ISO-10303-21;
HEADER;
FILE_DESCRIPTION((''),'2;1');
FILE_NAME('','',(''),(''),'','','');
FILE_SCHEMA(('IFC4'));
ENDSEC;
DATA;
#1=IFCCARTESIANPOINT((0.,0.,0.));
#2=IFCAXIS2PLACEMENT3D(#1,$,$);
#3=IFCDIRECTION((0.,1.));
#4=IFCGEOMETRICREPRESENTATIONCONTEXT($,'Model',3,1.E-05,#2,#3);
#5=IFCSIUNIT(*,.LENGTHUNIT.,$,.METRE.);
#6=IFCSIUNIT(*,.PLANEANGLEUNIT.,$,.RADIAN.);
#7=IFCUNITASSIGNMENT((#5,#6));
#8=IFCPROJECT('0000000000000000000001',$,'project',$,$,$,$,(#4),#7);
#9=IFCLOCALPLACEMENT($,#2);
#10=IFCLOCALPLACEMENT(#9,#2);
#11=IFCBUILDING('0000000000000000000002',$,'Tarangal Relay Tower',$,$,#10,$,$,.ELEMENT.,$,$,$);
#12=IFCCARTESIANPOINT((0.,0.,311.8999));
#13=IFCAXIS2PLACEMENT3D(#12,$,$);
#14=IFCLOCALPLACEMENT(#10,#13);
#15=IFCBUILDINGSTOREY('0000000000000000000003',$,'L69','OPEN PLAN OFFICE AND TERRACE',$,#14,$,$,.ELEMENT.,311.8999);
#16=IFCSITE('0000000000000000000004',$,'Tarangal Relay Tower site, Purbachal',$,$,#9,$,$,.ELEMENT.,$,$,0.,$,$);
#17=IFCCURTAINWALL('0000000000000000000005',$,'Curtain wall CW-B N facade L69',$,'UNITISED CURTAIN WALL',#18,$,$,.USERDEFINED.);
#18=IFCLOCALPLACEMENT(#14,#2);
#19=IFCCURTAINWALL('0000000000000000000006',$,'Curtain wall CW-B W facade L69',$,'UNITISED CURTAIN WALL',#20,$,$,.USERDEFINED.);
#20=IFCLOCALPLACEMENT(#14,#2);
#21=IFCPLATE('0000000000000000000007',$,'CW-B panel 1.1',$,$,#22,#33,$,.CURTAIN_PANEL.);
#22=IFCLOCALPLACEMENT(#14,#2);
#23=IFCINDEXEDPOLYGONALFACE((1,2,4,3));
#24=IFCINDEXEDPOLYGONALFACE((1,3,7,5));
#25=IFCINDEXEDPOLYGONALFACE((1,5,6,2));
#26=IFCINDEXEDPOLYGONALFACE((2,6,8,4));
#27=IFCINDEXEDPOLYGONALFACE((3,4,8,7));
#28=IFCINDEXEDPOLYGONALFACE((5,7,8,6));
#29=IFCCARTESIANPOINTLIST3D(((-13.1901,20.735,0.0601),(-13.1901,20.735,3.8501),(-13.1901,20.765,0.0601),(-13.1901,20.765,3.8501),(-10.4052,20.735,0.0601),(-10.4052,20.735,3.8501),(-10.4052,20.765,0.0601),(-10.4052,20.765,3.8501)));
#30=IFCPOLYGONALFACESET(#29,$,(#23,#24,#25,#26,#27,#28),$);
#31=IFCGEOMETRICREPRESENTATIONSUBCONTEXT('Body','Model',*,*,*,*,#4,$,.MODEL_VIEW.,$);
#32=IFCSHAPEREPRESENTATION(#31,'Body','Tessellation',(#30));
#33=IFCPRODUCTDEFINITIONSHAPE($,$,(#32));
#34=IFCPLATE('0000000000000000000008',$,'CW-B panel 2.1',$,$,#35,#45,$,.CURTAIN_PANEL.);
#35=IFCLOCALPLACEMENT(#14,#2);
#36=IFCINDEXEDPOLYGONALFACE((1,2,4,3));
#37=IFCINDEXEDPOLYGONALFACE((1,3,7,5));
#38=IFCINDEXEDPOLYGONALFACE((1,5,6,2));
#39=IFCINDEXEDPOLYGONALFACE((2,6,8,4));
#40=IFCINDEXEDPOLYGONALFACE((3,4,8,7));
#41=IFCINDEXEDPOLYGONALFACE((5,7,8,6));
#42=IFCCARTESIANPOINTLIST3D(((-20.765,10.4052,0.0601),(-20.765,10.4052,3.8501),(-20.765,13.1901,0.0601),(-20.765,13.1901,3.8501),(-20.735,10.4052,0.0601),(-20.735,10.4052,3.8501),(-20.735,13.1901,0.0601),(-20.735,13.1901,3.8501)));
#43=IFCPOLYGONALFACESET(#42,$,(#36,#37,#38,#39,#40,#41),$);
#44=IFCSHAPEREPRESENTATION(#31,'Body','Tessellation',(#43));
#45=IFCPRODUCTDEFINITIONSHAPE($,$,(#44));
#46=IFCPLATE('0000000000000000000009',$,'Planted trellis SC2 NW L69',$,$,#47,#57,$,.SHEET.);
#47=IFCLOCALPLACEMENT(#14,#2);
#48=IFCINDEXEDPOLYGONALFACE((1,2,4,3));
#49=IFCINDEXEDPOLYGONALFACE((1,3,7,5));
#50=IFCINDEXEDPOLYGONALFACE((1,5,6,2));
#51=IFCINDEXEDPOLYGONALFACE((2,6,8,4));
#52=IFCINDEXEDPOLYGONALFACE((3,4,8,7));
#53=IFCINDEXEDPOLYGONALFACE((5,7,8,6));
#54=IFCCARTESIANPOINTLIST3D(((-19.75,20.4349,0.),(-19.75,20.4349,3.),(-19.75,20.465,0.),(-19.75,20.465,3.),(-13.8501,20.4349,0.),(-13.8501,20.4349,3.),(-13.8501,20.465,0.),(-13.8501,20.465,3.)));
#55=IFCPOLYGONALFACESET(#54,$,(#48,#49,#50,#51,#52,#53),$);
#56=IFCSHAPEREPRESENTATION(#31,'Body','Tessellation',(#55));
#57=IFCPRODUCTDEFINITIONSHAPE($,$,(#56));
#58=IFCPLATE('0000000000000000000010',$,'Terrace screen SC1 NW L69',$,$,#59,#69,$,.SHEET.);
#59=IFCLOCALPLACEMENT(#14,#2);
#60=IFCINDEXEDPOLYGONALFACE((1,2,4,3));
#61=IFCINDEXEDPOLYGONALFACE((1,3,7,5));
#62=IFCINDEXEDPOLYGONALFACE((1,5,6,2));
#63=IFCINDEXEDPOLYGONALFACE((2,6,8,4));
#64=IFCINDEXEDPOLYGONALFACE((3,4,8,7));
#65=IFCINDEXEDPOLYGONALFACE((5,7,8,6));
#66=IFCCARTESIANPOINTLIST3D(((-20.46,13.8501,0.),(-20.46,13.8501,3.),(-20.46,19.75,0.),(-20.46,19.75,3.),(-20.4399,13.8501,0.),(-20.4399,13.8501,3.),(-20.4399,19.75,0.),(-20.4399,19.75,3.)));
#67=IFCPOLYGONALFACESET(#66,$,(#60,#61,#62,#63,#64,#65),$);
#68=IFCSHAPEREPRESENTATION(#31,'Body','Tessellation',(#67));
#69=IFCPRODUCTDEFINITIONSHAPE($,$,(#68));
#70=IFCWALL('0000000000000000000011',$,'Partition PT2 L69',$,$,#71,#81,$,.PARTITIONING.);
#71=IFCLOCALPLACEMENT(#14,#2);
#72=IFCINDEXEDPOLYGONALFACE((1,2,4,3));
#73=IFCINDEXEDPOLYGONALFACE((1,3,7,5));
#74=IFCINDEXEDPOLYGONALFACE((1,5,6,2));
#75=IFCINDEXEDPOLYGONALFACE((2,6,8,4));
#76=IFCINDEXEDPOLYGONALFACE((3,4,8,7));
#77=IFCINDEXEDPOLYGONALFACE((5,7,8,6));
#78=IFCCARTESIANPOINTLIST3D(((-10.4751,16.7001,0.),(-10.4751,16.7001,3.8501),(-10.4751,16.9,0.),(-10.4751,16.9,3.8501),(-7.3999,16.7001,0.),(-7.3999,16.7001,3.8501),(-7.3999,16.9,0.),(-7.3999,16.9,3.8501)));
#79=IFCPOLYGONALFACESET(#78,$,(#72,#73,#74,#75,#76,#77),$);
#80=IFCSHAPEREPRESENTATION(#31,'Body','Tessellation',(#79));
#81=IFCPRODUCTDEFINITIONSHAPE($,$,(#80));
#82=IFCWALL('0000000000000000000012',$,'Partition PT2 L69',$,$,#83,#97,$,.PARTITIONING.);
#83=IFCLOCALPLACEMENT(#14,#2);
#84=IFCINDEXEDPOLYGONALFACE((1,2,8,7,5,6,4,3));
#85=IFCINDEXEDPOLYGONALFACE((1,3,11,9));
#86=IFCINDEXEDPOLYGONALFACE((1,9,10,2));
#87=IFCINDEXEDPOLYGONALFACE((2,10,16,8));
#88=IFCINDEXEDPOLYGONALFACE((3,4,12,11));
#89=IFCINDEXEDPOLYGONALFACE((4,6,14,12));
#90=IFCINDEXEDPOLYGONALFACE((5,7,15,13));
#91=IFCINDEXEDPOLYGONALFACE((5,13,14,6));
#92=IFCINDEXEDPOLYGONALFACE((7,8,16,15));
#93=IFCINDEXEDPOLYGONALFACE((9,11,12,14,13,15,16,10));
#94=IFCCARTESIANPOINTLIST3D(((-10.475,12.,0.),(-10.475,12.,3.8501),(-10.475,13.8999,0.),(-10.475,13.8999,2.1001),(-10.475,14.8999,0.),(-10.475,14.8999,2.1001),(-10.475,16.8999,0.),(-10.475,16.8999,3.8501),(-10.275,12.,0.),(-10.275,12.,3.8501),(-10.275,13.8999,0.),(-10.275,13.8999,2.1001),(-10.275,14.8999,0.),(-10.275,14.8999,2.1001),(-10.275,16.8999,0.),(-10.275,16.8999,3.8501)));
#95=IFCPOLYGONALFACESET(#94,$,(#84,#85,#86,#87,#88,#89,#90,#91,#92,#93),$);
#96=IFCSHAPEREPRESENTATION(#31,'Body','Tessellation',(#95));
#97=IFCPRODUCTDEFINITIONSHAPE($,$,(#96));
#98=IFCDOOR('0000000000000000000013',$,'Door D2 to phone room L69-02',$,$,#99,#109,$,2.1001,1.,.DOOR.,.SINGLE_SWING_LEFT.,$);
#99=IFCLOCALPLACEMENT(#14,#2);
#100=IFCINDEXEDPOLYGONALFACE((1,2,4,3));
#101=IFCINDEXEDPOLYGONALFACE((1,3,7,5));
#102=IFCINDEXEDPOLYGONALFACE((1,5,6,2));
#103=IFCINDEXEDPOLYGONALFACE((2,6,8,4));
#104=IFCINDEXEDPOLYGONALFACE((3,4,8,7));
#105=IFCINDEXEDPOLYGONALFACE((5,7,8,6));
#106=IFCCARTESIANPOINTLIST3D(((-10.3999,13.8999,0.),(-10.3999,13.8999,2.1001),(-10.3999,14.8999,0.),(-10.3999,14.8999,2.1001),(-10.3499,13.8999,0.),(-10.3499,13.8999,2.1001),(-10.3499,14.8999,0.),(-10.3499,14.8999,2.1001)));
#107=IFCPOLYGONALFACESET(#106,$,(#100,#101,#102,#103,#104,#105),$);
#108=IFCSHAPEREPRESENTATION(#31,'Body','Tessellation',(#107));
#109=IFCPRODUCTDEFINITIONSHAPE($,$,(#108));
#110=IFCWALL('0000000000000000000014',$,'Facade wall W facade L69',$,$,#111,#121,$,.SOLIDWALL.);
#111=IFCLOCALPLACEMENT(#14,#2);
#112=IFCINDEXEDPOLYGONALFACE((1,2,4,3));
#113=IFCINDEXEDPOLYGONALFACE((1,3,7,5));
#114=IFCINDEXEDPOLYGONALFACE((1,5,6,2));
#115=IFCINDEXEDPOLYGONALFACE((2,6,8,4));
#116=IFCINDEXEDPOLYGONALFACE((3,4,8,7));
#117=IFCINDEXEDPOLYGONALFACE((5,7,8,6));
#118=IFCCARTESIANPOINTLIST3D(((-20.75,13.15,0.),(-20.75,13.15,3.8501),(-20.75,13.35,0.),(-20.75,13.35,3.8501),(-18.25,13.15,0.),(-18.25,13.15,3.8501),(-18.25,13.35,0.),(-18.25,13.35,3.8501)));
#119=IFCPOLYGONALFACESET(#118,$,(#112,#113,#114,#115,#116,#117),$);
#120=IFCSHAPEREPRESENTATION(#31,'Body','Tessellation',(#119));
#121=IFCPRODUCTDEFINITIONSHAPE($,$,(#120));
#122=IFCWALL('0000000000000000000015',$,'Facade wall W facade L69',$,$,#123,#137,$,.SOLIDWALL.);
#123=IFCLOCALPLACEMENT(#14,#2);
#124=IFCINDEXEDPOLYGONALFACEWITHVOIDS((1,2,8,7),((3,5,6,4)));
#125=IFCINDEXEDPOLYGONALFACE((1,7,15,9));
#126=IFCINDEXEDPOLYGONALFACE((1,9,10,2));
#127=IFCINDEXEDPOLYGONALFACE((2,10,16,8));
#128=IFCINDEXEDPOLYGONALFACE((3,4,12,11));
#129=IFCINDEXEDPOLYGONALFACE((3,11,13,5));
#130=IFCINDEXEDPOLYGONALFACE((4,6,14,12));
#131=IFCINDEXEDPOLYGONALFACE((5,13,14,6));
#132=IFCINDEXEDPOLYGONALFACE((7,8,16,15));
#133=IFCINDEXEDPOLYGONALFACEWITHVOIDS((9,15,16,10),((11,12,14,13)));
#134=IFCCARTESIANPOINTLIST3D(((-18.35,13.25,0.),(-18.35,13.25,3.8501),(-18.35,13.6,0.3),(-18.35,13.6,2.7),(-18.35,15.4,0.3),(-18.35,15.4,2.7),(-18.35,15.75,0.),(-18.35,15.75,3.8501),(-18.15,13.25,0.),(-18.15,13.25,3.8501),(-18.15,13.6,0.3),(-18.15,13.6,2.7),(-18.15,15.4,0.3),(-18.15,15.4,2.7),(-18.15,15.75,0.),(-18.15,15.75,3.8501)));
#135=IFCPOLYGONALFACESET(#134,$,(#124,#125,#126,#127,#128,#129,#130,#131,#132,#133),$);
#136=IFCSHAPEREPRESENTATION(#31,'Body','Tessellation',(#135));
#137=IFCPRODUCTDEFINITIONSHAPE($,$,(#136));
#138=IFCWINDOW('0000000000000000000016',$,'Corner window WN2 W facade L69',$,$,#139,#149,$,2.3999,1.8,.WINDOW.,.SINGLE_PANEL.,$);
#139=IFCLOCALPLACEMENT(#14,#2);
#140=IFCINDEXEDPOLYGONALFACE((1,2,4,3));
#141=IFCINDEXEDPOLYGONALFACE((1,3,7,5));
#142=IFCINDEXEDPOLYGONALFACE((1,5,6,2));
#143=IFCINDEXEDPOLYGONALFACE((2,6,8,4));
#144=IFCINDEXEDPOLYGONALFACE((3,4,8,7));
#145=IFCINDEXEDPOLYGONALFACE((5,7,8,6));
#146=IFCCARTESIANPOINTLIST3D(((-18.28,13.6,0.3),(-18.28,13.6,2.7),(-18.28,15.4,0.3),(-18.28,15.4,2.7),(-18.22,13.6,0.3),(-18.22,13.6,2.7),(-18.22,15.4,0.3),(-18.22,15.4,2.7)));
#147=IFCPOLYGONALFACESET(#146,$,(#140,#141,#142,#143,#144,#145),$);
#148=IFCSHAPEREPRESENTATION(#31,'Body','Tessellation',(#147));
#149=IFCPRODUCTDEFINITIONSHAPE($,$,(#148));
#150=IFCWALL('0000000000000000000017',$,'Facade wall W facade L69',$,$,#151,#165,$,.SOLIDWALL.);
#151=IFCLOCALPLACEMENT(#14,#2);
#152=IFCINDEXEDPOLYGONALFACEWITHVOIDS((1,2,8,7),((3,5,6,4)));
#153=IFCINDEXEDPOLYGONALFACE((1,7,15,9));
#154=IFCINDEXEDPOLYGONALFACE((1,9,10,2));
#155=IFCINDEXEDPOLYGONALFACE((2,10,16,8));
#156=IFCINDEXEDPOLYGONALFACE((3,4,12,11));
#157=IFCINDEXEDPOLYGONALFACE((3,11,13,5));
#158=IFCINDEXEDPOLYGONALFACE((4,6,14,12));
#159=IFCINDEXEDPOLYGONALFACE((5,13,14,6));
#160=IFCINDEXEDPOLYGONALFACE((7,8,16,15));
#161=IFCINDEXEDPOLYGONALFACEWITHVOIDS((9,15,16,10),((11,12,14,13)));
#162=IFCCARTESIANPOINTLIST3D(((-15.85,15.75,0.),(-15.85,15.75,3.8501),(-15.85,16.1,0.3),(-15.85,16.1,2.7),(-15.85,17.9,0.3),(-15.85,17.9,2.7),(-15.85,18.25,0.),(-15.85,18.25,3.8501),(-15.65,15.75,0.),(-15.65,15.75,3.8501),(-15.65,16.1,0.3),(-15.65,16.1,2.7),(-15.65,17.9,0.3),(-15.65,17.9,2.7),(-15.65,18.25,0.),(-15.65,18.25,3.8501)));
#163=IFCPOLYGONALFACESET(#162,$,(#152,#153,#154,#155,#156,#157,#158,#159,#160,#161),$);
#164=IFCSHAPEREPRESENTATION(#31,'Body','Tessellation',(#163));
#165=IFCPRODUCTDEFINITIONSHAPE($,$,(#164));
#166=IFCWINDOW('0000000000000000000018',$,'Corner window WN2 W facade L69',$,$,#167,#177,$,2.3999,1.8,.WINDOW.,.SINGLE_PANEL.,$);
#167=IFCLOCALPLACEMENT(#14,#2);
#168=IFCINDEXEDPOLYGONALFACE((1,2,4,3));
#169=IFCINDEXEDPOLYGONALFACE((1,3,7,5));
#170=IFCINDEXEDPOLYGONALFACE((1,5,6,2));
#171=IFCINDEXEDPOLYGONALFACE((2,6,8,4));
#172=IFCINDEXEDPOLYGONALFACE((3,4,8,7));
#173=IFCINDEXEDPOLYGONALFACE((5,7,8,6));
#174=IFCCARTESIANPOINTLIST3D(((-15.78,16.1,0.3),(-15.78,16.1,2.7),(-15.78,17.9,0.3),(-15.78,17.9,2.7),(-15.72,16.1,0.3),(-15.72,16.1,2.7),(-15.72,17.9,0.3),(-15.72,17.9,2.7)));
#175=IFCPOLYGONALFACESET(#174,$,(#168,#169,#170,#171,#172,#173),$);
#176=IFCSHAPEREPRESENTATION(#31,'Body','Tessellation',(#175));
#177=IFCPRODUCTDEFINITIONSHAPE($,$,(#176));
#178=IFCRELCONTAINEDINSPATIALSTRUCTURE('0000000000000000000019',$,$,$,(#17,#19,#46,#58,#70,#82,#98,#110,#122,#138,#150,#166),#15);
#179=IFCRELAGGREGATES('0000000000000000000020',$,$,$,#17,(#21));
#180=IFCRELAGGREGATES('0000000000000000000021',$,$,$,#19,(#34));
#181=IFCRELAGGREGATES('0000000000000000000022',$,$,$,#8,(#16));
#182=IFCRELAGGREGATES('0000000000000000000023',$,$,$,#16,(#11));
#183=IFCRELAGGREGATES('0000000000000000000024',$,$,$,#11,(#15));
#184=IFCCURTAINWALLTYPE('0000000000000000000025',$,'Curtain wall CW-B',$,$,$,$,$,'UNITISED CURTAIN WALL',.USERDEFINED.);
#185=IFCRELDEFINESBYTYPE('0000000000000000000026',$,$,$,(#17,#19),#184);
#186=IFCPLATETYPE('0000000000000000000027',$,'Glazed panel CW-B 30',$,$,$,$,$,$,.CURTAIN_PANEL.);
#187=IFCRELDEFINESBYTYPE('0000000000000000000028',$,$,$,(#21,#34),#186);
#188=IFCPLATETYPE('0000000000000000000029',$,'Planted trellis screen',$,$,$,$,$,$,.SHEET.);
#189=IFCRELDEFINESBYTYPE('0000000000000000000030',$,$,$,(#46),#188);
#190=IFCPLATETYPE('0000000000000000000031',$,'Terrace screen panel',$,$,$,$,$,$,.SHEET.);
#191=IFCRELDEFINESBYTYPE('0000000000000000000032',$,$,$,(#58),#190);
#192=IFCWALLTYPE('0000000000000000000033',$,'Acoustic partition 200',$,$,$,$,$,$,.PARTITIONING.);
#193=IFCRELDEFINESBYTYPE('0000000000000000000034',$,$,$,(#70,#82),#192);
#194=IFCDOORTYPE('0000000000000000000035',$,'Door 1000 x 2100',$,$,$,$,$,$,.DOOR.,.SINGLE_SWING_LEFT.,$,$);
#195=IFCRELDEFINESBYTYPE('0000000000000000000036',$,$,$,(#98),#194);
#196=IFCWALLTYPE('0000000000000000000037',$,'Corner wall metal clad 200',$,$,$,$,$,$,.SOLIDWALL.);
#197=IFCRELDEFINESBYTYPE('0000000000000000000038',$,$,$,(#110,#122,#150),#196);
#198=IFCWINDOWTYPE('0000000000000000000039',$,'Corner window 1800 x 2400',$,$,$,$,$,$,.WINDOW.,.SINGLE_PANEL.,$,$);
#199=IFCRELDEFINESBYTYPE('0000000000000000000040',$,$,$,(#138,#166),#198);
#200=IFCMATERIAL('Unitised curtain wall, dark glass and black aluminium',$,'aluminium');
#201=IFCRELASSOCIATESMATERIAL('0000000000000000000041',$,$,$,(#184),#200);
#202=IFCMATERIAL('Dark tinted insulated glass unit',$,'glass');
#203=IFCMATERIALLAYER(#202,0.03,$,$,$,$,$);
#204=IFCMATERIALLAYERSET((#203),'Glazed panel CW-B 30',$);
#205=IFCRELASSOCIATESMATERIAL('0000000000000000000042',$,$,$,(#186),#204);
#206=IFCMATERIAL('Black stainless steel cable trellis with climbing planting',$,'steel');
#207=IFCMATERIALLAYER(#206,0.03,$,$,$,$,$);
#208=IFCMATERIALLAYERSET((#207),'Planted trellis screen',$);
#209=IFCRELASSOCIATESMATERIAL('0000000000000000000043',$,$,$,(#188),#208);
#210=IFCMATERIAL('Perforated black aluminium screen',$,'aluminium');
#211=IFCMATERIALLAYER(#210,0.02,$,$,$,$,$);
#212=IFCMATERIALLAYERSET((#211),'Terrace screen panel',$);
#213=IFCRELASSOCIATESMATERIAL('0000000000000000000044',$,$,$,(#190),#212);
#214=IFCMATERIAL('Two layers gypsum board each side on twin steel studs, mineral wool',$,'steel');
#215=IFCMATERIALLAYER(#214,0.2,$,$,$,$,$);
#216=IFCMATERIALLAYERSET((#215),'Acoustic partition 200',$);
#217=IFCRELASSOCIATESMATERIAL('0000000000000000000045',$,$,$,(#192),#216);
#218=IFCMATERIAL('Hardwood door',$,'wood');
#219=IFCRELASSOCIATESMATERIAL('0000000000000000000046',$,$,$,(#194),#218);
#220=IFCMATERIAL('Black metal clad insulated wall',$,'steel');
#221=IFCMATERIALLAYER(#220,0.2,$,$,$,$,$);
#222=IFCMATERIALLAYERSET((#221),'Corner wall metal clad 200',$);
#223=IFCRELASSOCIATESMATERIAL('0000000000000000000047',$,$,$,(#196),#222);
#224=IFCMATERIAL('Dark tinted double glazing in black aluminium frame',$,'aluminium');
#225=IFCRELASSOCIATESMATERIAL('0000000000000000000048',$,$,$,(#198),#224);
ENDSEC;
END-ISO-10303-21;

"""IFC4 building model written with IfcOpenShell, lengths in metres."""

from ifc_helpers import new_model, si_unit, direction, frame, frame_2d, origin, origin_2d, place, context, subcontext, project, spatial, rectangle, extrude, material, layer, layer_set, type_object, element, fill, aggregate, save


model = new_model("IFC4")

# Units and contexts
model_context = context("Model", 3, precision=1e-05, world=origin(), true_north=direction((0.0, 1.0)))
body_context = subcontext(model_context, "Body", "Model", "MODEL_VIEW")
ifc_project = project(units=[si_unit("LENGTHUNIT", "METRE"), si_unit("PLANEANGLEUNIT", "RADIAN")], contexts=[model_context])

# Site, building, storey
site_placement = place(None, origin())
site = spatial("IfcSite", under=ifc_project, at=site_placement, Name="Tarangal Relay Tower site, Purbachal", CompositionType="ELEMENT", RefElevation=0.0)
building_placement = place(site_placement, origin())
building = spatial("IfcBuilding", under=site, at=building_placement, Name="Tarangal Relay Tower", CompositionType="ELEMENT")
storey_placement = place(building_placement, frame((0.0, 0.0, 311.8999)))
storey = spatial("IfcBuildingStorey", under=building, at=storey_placement, Name="L69", Description="OPEN PLAN OFFICE AND TERRACE", CompositionType="ELEMENT", Elevation=311.8999)

# Curtain walls
ifc_material_1 = material(Name="Unitised curtain wall, dark glass and black aluminium", Category="aluminium")
curtain_wall_type = type_object("IfcCurtainWallType", Name="Curtain wall CW-B", ElementType="UNITISED CURTAIN WALL", PredefinedType="USERDEFINED", material=ifc_material_1)
curtain_wall_1_placement = place(storey_placement, origin())
curtain_wall_1 = element("IfcCurtainWall", 1, at=curtain_wall_1_placement, inside=storey, type_object=curtain_wall_type, Name="Curtain wall CW-B N facade L69", ObjectType="UNITISED CURTAIN WALL", PredefinedType="USERDEFINED")
curtain_wall_2_placement = place(storey_placement, origin())
curtain_wall_2 = element("IfcCurtainWall", 2, at=curtain_wall_2_placement, inside=storey, type_object=curtain_wall_type, Name="Curtain wall CW-B W facade L69", ObjectType="UNITISED CURTAIN WALL", PredefinedType="USERDEFINED")

# Plates
ifc_material_2 = material(Name="Dark tinted insulated glass unit", Category="glass")
ifc_layer_1 = layer(ifc_material_2, 0.03)
ifc_layer_set_1 = layer_set([ifc_layer_1], Name="Glazed panel CW-B 30")
plate_type_1 = type_object("IfcPlateType", Name="Glazed panel CW-B 30", PredefinedType="CURTAIN_PANEL", material=ifc_layer_set_1)
plate_1_placement = place(storey_placement, frame((-11.7976, 20.75, 0.0601), z_axis=(0.0, 0.0, 1.0), x_axis=(1.0, 0.0, 0.0)))
plate_1 = element("IfcPlate", 3, at=plate_1_placement, type_object=plate_type_1, Name="CW-B panel 1.1", PredefinedType="CURTAIN_PANEL", context=body_context, shape_type="SweptSolid", body=[
    extrude(rectangle(XDim=2.7849, YDim=0.03, at=origin_2d()), origin(), (0.0, 0.0, 1.0), 3.79),
])
aggregate(curtain_wall_1, [plate_1])
plate_2_placement = place(storey_placement, frame((-20.75, 11.7976, 0.0601), z_axis=(0.0, 0.0, 1.0), x_axis=(0.0, 1.0, 0.0)))
plate_2 = element("IfcPlate", 4, at=plate_2_placement, type_object=plate_type_1, Name="CW-B panel 2.1", PredefinedType="CURTAIN_PANEL", context=body_context, shape_type="SweptSolid", body=[
    extrude(rectangle(XDim=2.7849, YDim=0.03, at=origin_2d()), origin(), (0.0, 0.0, 1.0), 3.79),
])
aggregate(curtain_wall_2, [plate_2])

# Plates
ifc_material_3 = material(Name="Black stainless steel cable trellis with climbing planting", Category="steel")
ifc_layer_2 = layer(ifc_material_3, 0.03)
ifc_layer_set_2 = layer_set([ifc_layer_2], Name="Planted trellis screen")
plate_type_2 = type_object("IfcPlateType", Name="Planted trellis screen", PredefinedType="SHEET", material=ifc_layer_set_2)
plate_3_placement = place(storey_placement, frame((-16.8, 20.45, 0.0), z_axis=(0.0, 0.0, 1.0), x_axis=(1.0, 0.0, 0.0)))
element("IfcPlate", 5, at=plate_3_placement, inside=storey, type_object=plate_type_2, Name="Planted trellis SC2 NW L69", PredefinedType="SHEET", context=body_context, shape_type="SweptSolid", body=[
    extrude(rectangle(XDim=5.8999, YDim=0.03, at=origin_2d()), origin(), (0.0, 0.0, 1.0), 3.0),
])
ifc_material_4 = material(Name="Perforated black aluminium screen", Category="aluminium")
ifc_layer_3 = layer(ifc_material_4, 0.02)
ifc_layer_set_3 = layer_set([ifc_layer_3], Name="Terrace screen panel")
plate_type_3 = type_object("IfcPlateType", Name="Terrace screen panel", PredefinedType="SHEET", material=ifc_layer_set_3)
plate_4_placement = place(storey_placement, frame((-20.45, 16.8, 0.0), z_axis=(0.0, 0.0, 1.0), x_axis=(0.0, 1.0, 0.0)))
element("IfcPlate", 6, at=plate_4_placement, inside=storey, type_object=plate_type_3, Name="Terrace screen SC1 NW L69", PredefinedType="SHEET", context=body_context, shape_type="SweptSolid", body=[
    extrude(rectangle(XDim=5.8999, YDim=0.02, at=origin_2d()), origin(), (0.0, 0.0, 1.0), 3.0),
])

# Wall
ifc_material_5 = material(Name="Two layers gypsum board each side on twin steel studs, mineral wool", Category="steel")
ifc_layer_4 = layer(ifc_material_5, 0.2)
ifc_layer_set_4 = layer_set([ifc_layer_4], Name="Acoustic partition 200")
wall_type_1 = type_object("IfcWallType", Name="Acoustic partition 200", PredefinedType="PARTITIONING", material=ifc_layer_set_4)
wall_1_placement = place(storey_placement, frame((-10.4751, 16.8, 0.0), z_axis=(0.0, 0.0, 1.0), x_axis=(1.0, 0.0, 0.0)))
element("IfcWall", 7, at=wall_1_placement, inside=storey, type_object=wall_type_1, Name="Partition PT2 L69", PredefinedType="PARTITIONING", context=body_context, shape_type="SweptSolid", body=[
    extrude(rectangle(XDim=3.0752, YDim=0.2, at=frame_2d((1.5376, 0.0))), origin(), (0.0, 0.0, 1.0), 3.8501),
])

# Wall, opening, door
wall_2_placement = place(storey_placement, frame((-10.375, 12.0, 0.0), z_axis=(0.0, 0.0, 1.0), x_axis=(0.0, 1.0, 0.0)))
wall_2 = element("IfcWall", 8, at=wall_2_placement, inside=storey, type_object=wall_type_1, Name="Partition PT2 L69", PredefinedType="PARTITIONING", context=body_context, shape_type="SweptSolid", body=[
    extrude(rectangle(XDim=4.8999, YDim=0.2, at=frame_2d((2.45, 0.0))), origin(), (0.0, 0.0, 1.0), 3.8501),
])
opening_1_placement = place(wall_2_placement, frame((1.8999, 0.0, 0.0)))
opening_1 = element("IfcOpeningElement", 9, at=opening_1_placement, cuts=wall_2, PredefinedType="OPENING", context=body_context, shape_type="SweptSolid", body=[
    extrude(rectangle(XDim=1.0, YDim=2.1001, at=frame_2d((0.5, 1.05))), frame((0.0, 0.1099, 0.0), z_axis=(0.0, -1.0, 0.0), x_axis=(1.0, 0.0, 0.0)), (0.0, 0.0, 1.0), 0.22),
])
ifc_material_6 = material(Name="Hardwood door", Category="wood")
door_type_1 = type_object("IfcDoorType", Name="Door 1000 x 2100", OperationType="SINGLE_SWING_LEFT", PredefinedType="DOOR", material=ifc_material_6)
door_1_placement = place(opening_1_placement, origin())
door_1 = element("IfcDoor", 10, at=door_1_placement, inside=storey, type_object=door_type_1, Name="Door D2 to phone room L69-02", OperationType="SINGLE_SWING_LEFT", OverallHeight=2.1001, OverallWidth=1.0, PredefinedType="DOOR", context=body_context, shape_type="SweptSolid", body=[
    extrude(rectangle(XDim=1.0, YDim=2.1001, at=frame_2d((0.5, 1.05))), frame((0.0, 0.0249, 0.0), z_axis=(0.0, -1.0, 0.0), x_axis=(1.0, 0.0, 0.0)), (0.0, 0.0, 1.0), 0.05),
])
fill(opening_1, door_1)

# Wall
ifc_material_7 = material(Name="Black metal clad insulated wall", Category="steel")
ifc_layer_5 = layer(ifc_material_7, 0.2)
ifc_layer_set_5 = layer_set([ifc_layer_5], Name="Corner wall metal clad 200")
wall_type_2 = type_object("IfcWallType", Name="Corner wall metal clad 200", PredefinedType="SOLIDWALL", material=ifc_layer_set_5)
wall_3_placement = place(storey_placement, frame((-20.75, 13.25, 0.0), z_axis=(0.0, 0.0, 1.0), x_axis=(1.0, 0.0, 0.0)))
element("IfcWall", 11, at=wall_3_placement, inside=storey, type_object=wall_type_2, Name="Facade wall W facade L69", PredefinedType="SOLIDWALL", context=body_context, shape_type="SweptSolid", body=[
    extrude(rectangle(XDim=2.5, YDim=0.2, at=frame_2d((1.25, 0.0))), origin(), (0.0, 0.0, 1.0), 3.8501),
])

# Wall, opening, window
wall_4_placement = place(storey_placement, frame((-18.25, 13.25, 0.0), z_axis=(0.0, 0.0, 1.0), x_axis=(0.0, 1.0, 0.0)))
wall_4 = element("IfcWall", 12, at=wall_4_placement, inside=storey, type_object=wall_type_2, Name="Facade wall W facade L69", PredefinedType="SOLIDWALL", context=body_context, shape_type="SweptSolid", body=[
    extrude(rectangle(XDim=2.5, YDim=0.2, at=frame_2d((1.25, 0.0))), origin(), (0.0, 0.0, 1.0), 3.8501),
])
opening_2_placement = place(wall_4_placement, frame((0.3501, 0.0, 0.3)))
opening_2 = element("IfcOpeningElement", 13, at=opening_2_placement, cuts=wall_4, PredefinedType="OPENING", context=body_context, shape_type="SweptSolid", body=[
    extrude(rectangle(XDim=1.8, YDim=2.3999, at=frame_2d((0.8999, 1.2))), frame((0.0, 0.1099, 0.0), z_axis=(0.0, -1.0, 0.0), x_axis=(1.0, 0.0, 0.0)), (0.0, 0.0, 1.0), 0.22),
])
ifc_material_8 = material(Name="Dark tinted double glazing in black aluminium frame", Category="aluminium")
window_type = type_object("IfcWindowType", Name="Corner window 1800 x 2400", PartitioningType="SINGLE_PANEL", PredefinedType="WINDOW", material=ifc_material_8)
window_1_placement = place(opening_2_placement, origin())
window_1 = element("IfcWindow", 14, at=window_1_placement, inside=storey, type_object=window_type, Name="Corner window WN2 W facade L69", OverallHeight=2.3999, OverallWidth=1.8, PartitioningType="SINGLE_PANEL", PredefinedType="WINDOW", context=body_context, shape_type="SweptSolid", body=[
    extrude(rectangle(XDim=1.8, YDim=2.3999, at=frame_2d((0.8999, 1.2))), frame((0.0, 0.03, 0.0), z_axis=(0.0, -1.0, 0.0), x_axis=(1.0, 0.0, 0.0)), (0.0, 0.0, 1.0), 0.0601),
])
fill(opening_2, window_1)

# Wall, opening, window
wall_5_placement = place(storey_placement, frame((-15.75, 15.75, 0.0), z_axis=(0.0, 0.0, 1.0), x_axis=(0.0, 1.0, 0.0)))
wall_5 = element("IfcWall", 15, at=wall_5_placement, inside=storey, type_object=wall_type_2, Name="Facade wall W facade L69", PredefinedType="SOLIDWALL", context=body_context, shape_type="SweptSolid", body=[
    extrude(rectangle(XDim=2.5, YDim=0.2, at=frame_2d((1.25, 0.0))), origin(), (0.0, 0.0, 1.0), 3.8501),
])
opening_3_placement = place(wall_5_placement, frame((0.3501, 0.0, 0.3)))
opening_3 = element("IfcOpeningElement", 16, at=opening_3_placement, cuts=wall_5, PredefinedType="OPENING", context=body_context, shape_type="SweptSolid", body=[
    extrude(rectangle(XDim=1.8, YDim=2.3999, at=frame_2d((0.8999, 1.2))), frame((0.0, 0.1099, 0.0), z_axis=(0.0, -1.0, 0.0), x_axis=(1.0, 0.0, 0.0)), (0.0, 0.0, 1.0), 0.22),
])
window_2_placement = place(opening_3_placement, origin())
window_2 = element("IfcWindow", 17, at=window_2_placement, inside=storey, type_object=window_type, Name="Corner window WN2 W facade L69", OverallHeight=2.3999, OverallWidth=1.8, PartitioningType="SINGLE_PANEL", PredefinedType="WINDOW", context=body_context, shape_type="SweptSolid", body=[
    extrude(rectangle(XDim=1.8, YDim=2.3999, at=frame_2d((0.8999, 1.2))), frame((0.0, 0.03, 0.0), z_axis=(0.0, -1.0, 0.0), x_axis=(1.0, 0.0, 0.0)), (0.0, 0.0, 1.0), 0.0601),
])
fill(opening_3, window_2)

save(model, "model.ifc")
